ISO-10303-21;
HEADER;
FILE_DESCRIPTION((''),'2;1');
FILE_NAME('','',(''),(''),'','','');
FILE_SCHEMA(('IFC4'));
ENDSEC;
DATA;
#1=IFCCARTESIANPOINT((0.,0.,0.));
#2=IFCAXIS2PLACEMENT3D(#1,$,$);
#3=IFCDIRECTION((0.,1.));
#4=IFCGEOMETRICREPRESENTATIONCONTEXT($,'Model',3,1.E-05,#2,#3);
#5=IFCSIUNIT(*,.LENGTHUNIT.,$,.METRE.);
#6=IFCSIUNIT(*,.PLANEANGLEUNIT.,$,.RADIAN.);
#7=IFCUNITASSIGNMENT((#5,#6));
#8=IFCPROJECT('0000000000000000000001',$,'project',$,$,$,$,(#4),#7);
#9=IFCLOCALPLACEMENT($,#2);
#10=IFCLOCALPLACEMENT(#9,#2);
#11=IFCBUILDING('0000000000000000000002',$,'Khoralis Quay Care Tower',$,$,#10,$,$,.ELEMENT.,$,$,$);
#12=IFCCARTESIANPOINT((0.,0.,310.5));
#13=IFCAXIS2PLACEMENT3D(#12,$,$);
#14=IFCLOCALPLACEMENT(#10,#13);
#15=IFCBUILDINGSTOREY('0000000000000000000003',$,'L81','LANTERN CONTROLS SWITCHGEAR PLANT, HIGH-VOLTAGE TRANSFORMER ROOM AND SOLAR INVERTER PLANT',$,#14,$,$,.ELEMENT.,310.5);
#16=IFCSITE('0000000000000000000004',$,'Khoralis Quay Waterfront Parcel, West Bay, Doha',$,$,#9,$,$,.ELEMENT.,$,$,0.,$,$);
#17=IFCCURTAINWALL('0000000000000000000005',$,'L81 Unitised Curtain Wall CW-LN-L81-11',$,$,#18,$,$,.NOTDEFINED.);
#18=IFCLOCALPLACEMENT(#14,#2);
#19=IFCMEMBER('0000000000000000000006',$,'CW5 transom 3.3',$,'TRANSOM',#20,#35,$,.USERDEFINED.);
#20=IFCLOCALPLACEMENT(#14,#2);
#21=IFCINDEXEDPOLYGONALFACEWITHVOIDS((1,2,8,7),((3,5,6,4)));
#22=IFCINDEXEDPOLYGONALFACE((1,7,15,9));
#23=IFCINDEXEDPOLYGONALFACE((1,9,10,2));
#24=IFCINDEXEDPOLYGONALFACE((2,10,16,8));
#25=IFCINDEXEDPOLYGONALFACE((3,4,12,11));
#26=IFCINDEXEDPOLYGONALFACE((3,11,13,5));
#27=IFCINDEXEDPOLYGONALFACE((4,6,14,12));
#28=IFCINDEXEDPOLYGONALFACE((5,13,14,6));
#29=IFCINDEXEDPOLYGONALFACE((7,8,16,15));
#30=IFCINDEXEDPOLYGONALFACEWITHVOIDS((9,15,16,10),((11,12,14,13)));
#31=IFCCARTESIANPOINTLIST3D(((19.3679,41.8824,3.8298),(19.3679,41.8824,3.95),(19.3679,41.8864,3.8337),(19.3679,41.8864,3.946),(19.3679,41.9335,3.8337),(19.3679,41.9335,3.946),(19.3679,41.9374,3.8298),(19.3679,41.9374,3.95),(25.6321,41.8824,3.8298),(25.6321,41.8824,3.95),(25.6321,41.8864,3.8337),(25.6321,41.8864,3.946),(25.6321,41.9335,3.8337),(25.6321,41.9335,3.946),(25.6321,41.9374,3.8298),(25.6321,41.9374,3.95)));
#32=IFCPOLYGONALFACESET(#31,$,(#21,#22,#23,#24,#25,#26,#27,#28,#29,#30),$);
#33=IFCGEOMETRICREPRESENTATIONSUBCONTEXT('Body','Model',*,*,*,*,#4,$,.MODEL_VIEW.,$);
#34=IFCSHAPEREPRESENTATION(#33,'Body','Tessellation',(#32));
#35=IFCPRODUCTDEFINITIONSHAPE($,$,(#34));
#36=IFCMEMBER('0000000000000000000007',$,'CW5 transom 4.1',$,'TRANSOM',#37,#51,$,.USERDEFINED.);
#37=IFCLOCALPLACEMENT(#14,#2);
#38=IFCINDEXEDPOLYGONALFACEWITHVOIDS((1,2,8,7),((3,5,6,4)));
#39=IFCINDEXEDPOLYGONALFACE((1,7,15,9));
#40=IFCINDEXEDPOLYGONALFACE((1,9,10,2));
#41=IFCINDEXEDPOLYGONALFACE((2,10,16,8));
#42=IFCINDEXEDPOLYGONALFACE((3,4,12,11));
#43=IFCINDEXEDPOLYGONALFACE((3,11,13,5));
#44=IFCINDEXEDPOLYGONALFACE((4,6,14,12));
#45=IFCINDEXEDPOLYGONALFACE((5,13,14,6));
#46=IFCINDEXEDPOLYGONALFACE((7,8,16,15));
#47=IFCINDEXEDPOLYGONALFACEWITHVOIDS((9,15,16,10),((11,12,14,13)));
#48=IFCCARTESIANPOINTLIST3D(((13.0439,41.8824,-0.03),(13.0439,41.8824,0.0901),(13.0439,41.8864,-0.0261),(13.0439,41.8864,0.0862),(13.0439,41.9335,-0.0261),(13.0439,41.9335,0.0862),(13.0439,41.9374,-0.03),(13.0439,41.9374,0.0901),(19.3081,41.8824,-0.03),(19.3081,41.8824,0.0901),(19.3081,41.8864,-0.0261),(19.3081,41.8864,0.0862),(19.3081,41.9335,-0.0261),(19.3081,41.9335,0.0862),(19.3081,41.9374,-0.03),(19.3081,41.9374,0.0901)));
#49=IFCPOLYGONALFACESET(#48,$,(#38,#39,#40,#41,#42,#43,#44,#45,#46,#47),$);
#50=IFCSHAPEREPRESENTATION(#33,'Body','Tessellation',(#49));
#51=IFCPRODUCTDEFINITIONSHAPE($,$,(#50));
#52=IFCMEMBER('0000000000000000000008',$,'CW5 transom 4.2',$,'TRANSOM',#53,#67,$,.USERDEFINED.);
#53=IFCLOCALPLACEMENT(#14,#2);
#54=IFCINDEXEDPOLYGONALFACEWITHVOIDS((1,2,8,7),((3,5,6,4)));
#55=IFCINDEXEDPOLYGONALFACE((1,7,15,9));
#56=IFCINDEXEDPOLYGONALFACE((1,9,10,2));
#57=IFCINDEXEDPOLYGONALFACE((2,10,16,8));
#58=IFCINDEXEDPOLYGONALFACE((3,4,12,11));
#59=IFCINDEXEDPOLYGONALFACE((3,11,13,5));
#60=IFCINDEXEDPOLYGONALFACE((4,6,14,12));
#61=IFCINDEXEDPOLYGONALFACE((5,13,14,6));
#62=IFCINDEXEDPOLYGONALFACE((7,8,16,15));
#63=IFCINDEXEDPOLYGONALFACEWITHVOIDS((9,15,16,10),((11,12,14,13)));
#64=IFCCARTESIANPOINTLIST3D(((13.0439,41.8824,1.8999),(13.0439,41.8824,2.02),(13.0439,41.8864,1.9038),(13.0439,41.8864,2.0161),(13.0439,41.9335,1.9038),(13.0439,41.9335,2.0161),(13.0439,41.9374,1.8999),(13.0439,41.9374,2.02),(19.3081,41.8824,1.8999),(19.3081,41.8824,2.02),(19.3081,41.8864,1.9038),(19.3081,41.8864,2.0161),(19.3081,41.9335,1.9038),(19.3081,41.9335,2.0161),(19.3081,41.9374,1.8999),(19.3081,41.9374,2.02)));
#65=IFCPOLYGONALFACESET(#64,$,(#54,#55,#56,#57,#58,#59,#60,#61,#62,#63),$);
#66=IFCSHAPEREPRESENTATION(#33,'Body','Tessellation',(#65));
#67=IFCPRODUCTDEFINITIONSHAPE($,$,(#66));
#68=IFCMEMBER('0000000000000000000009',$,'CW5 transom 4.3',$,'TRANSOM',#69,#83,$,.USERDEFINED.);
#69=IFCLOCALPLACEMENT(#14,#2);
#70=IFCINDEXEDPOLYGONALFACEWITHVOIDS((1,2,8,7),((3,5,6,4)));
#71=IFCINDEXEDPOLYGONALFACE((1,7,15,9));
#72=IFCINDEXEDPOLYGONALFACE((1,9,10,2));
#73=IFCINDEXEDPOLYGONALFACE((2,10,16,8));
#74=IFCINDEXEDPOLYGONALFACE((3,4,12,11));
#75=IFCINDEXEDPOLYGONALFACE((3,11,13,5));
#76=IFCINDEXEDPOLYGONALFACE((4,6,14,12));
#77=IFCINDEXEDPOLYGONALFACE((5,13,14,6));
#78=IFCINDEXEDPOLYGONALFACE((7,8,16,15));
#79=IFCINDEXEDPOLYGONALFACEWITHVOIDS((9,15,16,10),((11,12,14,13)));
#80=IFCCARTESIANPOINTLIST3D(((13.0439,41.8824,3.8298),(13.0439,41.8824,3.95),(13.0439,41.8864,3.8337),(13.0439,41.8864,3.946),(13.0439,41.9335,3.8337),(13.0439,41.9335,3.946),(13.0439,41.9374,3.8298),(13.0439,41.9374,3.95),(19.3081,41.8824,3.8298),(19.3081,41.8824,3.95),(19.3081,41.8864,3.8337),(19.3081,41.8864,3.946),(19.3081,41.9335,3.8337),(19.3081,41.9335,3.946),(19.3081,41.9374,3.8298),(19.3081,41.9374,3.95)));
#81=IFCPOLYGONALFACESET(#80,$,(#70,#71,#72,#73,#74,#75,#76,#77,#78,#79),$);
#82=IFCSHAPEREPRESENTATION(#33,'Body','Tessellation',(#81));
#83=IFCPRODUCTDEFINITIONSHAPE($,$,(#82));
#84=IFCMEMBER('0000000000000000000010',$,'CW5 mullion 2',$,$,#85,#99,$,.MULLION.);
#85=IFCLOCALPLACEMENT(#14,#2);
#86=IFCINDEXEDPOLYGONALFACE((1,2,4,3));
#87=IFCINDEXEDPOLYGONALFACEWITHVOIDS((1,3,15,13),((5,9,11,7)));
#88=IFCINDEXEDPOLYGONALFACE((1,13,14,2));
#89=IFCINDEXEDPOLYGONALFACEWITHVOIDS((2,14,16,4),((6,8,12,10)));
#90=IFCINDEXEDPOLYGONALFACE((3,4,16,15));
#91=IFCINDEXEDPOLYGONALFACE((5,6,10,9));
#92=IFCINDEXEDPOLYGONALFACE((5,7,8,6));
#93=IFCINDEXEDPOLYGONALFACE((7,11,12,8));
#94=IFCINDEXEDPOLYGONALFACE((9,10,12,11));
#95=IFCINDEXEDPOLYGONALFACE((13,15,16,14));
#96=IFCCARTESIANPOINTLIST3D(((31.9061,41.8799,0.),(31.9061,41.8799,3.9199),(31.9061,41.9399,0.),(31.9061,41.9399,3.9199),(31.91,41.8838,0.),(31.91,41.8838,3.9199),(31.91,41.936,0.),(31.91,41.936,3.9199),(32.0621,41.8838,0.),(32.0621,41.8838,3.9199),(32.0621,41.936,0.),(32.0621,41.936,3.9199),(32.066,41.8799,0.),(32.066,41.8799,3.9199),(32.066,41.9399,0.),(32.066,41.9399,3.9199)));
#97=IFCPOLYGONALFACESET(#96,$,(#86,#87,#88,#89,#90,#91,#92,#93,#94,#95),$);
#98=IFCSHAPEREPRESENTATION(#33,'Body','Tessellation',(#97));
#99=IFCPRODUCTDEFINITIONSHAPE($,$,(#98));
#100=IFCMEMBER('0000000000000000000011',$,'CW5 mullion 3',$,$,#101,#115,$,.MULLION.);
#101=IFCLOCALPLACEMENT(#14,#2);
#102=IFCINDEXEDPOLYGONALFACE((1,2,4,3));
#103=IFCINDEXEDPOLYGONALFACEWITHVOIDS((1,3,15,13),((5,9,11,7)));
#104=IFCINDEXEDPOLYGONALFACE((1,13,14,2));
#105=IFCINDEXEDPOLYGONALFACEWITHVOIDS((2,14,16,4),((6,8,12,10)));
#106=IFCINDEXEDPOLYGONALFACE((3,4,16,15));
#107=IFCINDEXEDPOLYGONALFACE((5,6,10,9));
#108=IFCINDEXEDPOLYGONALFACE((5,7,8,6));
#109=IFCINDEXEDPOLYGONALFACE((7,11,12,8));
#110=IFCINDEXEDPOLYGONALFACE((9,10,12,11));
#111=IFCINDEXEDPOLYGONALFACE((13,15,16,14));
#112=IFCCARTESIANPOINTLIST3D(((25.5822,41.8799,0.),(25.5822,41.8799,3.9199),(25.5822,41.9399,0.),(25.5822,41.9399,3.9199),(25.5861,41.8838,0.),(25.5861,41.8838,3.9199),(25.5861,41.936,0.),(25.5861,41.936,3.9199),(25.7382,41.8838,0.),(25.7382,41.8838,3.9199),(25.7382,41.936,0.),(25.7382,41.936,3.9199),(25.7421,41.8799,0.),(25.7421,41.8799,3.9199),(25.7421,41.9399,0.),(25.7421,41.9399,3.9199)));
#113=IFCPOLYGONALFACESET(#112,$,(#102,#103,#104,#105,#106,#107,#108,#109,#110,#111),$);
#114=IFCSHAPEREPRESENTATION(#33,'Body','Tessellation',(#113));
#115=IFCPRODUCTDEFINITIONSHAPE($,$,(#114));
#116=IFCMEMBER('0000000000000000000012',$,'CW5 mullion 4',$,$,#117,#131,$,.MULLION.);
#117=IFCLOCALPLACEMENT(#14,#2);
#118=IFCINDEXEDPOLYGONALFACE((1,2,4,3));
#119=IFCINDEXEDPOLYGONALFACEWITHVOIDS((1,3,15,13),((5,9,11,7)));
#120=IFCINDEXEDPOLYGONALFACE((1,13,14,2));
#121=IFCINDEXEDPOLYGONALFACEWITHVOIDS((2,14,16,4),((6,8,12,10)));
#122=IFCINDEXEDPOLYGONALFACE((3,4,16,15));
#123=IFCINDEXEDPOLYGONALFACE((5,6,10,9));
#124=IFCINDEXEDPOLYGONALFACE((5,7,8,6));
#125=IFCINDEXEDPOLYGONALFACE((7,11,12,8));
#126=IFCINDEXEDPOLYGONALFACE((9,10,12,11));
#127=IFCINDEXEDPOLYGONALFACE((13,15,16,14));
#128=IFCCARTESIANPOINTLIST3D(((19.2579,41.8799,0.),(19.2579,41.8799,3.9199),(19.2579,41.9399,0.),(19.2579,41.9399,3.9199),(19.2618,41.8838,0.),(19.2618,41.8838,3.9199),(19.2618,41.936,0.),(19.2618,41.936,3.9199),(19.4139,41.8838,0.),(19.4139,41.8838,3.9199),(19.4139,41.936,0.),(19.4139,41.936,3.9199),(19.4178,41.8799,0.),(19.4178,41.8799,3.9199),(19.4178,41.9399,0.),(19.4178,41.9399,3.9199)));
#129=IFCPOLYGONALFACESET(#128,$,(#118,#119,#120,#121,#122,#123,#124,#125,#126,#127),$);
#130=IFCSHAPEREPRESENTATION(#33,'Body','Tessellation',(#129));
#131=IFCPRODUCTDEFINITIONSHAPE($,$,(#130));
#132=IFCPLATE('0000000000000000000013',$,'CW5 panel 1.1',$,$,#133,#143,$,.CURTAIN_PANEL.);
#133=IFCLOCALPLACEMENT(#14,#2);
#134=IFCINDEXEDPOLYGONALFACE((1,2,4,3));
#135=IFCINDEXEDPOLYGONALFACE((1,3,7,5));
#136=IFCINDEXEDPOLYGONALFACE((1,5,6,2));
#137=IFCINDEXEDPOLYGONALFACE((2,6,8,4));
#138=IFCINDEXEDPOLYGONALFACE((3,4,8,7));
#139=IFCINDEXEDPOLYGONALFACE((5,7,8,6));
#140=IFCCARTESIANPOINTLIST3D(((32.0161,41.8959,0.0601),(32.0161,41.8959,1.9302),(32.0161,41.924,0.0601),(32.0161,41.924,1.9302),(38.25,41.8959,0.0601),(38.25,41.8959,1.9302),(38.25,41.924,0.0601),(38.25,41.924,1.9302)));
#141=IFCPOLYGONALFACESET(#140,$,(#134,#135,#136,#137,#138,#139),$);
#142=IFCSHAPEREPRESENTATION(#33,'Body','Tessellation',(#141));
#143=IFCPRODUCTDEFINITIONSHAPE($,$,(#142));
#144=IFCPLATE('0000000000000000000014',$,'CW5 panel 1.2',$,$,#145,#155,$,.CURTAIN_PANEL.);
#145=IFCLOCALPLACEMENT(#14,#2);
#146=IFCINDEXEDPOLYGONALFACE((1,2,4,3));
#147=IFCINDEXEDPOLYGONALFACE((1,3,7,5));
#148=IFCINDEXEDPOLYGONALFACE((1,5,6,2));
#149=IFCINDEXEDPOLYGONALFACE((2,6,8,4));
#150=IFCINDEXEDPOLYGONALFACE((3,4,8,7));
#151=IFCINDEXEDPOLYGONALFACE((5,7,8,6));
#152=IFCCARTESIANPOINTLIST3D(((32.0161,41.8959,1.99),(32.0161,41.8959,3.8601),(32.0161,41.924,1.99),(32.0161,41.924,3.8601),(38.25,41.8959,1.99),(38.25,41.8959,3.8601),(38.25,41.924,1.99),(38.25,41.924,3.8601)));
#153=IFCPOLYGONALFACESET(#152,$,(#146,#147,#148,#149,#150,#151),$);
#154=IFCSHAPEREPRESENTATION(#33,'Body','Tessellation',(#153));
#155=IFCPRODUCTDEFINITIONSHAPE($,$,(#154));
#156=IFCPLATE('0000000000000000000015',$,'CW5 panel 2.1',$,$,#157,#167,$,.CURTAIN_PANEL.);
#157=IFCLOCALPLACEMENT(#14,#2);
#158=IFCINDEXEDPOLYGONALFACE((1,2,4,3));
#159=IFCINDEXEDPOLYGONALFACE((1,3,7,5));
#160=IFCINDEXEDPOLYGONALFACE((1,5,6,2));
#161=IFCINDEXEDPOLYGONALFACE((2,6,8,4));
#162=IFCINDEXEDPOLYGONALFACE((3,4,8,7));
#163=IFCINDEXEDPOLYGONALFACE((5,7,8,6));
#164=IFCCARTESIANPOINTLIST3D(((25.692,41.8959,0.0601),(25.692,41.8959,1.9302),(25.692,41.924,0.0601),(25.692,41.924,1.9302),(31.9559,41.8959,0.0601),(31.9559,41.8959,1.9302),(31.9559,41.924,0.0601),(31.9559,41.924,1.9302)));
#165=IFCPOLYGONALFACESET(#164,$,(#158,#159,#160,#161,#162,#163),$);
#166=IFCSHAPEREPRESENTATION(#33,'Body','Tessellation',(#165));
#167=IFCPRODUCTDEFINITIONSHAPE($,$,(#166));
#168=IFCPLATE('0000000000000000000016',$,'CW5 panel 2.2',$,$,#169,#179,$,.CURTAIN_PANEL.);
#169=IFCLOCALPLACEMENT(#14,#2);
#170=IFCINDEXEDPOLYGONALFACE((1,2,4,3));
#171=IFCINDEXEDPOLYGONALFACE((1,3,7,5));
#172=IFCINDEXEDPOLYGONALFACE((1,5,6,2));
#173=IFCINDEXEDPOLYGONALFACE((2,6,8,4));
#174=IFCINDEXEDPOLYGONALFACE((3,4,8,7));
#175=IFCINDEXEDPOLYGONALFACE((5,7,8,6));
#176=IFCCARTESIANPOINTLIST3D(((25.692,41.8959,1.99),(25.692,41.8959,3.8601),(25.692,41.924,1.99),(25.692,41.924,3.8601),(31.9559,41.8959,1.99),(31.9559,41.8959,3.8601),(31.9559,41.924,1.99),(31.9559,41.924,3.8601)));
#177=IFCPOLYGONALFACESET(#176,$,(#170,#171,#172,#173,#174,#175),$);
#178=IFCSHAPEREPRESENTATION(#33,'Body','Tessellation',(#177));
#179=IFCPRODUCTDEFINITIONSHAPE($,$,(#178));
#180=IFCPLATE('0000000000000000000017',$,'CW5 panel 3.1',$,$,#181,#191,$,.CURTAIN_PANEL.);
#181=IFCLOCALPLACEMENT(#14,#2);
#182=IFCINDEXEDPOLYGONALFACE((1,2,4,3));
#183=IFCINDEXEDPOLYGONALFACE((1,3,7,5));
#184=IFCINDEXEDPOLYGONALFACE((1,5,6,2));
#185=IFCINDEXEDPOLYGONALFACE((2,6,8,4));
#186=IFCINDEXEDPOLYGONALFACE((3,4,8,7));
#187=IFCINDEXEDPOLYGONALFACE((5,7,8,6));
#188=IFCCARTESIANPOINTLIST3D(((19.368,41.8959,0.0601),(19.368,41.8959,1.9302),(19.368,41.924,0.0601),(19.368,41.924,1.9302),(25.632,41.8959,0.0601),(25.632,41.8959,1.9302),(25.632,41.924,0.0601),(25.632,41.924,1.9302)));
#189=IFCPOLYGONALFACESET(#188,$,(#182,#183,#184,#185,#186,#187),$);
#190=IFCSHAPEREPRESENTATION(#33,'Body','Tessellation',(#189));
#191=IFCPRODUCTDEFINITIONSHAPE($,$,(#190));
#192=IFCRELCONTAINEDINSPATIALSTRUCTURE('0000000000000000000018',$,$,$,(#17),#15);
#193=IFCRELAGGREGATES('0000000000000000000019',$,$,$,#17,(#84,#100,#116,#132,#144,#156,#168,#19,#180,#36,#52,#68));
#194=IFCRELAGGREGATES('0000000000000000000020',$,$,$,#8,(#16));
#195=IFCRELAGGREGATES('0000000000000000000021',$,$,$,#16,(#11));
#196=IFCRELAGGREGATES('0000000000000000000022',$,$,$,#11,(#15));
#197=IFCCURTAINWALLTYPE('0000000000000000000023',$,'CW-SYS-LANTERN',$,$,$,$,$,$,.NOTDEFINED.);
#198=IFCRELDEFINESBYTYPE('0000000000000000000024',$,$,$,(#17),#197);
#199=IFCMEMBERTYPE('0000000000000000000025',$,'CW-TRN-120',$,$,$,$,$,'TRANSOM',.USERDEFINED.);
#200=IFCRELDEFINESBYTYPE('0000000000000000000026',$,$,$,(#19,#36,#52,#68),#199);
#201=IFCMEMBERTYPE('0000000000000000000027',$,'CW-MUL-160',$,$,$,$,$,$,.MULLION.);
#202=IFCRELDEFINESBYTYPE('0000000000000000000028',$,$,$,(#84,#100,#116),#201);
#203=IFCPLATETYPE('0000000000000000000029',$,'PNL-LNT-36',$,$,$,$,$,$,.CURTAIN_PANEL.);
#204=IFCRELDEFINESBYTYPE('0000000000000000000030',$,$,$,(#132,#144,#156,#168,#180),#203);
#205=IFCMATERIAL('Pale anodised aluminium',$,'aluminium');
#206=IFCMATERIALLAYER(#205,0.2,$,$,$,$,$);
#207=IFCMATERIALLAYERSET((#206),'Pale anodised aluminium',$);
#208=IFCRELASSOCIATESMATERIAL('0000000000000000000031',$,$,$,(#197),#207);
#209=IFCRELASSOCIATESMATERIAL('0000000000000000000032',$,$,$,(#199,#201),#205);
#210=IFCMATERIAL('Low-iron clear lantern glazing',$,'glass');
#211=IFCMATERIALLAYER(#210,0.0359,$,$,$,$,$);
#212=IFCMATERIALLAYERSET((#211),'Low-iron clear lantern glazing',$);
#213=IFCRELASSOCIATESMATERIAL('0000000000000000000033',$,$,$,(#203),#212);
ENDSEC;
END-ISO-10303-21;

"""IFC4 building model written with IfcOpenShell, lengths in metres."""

from ifc_helpers import new_model, si_unit, direction, frame, origin, origin_2d, place, context, subcontext, project, spatial, rectangle, hollow_rectangle, extrude, source, transform, mapped, material, layer, layer_set, material_profile, profile_set, type_object, element, aggregate, save


model = new_model("IFC4")

# Units and contexts
model_context = context("Model", 3, precision=1e-05, world=origin(), true_north=direction((0.0, 1.0)))
body_context = subcontext(model_context, "Body", "Model", "MODEL_VIEW")
ifc_project = project(units=[si_unit("LENGTHUNIT", "METRE"), si_unit("PLANEANGLEUNIT", "RADIAN")], contexts=[model_context])

# Site, building, storey
site_placement = place(None, origin())
site = spatial("IfcSite", under=ifc_project, at=site_placement, Name="Khoralis Quay Waterfront Parcel, West Bay, Doha", CompositionType="ELEMENT", RefElevation=0.0)
building_placement = place(site_placement, origin())
building = spatial("IfcBuilding", under=site, at=building_placement, Name="Khoralis Quay Care Tower", CompositionType="ELEMENT")
storey_placement = place(building_placement, frame((0.0, 0.0, 310.5)))
storey = spatial("IfcBuildingStorey", under=building, at=storey_placement, Name="L81", Description="LANTERN CONTROLS SWITCHGEAR PLANT, HIGH-VOLTAGE TRANSFORMER ROOM AND SOLAR INVERTER PLANT", CompositionType="ELEMENT", Elevation=310.5)

# Curtain wall, members, plates
ifc_material_1 = material(Name="Pale anodised aluminium", Category="aluminium")
ifc_layer_1 = layer(ifc_material_1, 0.2)
ifc_layer_set_1 = layer_set([ifc_layer_1], Name="Pale anodised aluminium")
curtain_wall_type = type_object("IfcCurtainWallType", Name="CW-SYS-LANTERN", PredefinedType="NOTDEFINED", material=ifc_layer_set_1)
curtain_wall_placement = place(storey_placement, origin())
curtain_wall = element("IfcCurtainWall", 1, at=curtain_wall_placement, inside=storey, type_object=curtain_wall_type, Name="L81 Unitised Curtain Wall CW-LN-L81-11", PredefinedType="NOTDEFINED")
ifc_material_profile_1 = material_profile(ifc_material_1, hollow_rectangle(XDim=0.0549, YDim=0.1201, WallThickness=0.0039, at=origin_2d()), Name="Pale anodised aluminium")
ifc_profile_set_1 = profile_set([ifc_material_profile_1], Name="Pale anodised aluminium")
member_type_1 = type_object("IfcMemberType", Name="CW-TRN-120", ElementType="TRANSOM", PredefinedType="USERDEFINED", material=ifc_profile_set_1)
shared_shape_1 = source(origin(), body_context, "Body", "SweptSolid", [
    extrude(hollow_rectangle(XDim=0.0549, YDim=0.1201, WallThickness=0.0039, at=origin_2d()), origin(), (0.0, 0.0, 1.0), 6.2642),
])
member_1_placement = place(storey_placement, frame((25.6321, 41.9099, 3.8899), z_axis=(-1.0, 0.0, 0.0), x_axis=(0.0, -1.0, 0.0)))
member_1 = element("IfcMember", 2, at=member_1_placement, type_object=member_type_1, Name="CW5 transom 3.3", ObjectType="TRANSOM", PredefinedType="USERDEFINED", context=body_context, shape_type="MappedRepresentation", body=[
    mapped(shared_shape_1, transform((0.0, 0.0, 0.0), scale=1.0)),
])
member_2_placement = place(storey_placement, frame((19.3081, 41.9099, 0.03), z_axis=(-1.0, 0.0, 0.0), x_axis=(0.0, -1.0, 0.0)))
member_2 = element("IfcMember", 3, at=member_2_placement, type_object=member_type_1, Name="CW5 transom 4.1", ObjectType="TRANSOM", PredefinedType="USERDEFINED", context=body_context, shape_type="MappedRepresentation", body=[
    mapped(shared_shape_1, transform((0.0, 0.0, 0.0), scale=1.0)),
])
member_3_placement = place(storey_placement, frame((19.3081, 41.9099, 1.96), z_axis=(-1.0, 0.0, 0.0), x_axis=(0.0, -1.0, 0.0)))
member_3 = element("IfcMember", 4, at=member_3_placement, type_object=member_type_1, Name="CW5 transom 4.2", ObjectType="TRANSOM", PredefinedType="USERDEFINED", context=body_context, shape_type="MappedRepresentation", body=[
    mapped(shared_shape_1, transform((0.0, 0.0, 0.0), scale=1.0)),
])
member_4_placement = place(storey_placement, frame((19.3081, 41.9099, 3.8899), z_axis=(-1.0, 0.0, 0.0), x_axis=(0.0, -1.0, 0.0)))
member_4 = element("IfcMember", 5, at=member_4_placement, type_object=member_type_1, Name="CW5 transom 4.3", ObjectType="TRANSOM", PredefinedType="USERDEFINED", context=body_context, shape_type="MappedRepresentation", body=[
    mapped(shared_shape_1, transform((0.0, 0.0, 0.0), scale=1.0)),
])
ifc_material_profile_2 = material_profile(ifc_material_1, hollow_rectangle(XDim=0.0601, YDim=0.1599, WallThickness=0.0039, at=origin_2d()), Name="Pale anodised aluminium")
ifc_profile_set_2 = profile_set([ifc_material_profile_2], Name="Pale anodised aluminium")
member_type_2 = type_object("IfcMemberType", Name="CW-MUL-160", PredefinedType="MULLION", material=ifc_profile_set_2)
shared_shape_2 = source(origin(), body_context, "Body", "SweptSolid", [
    extrude(hollow_rectangle(XDim=0.0601, YDim=0.1599, WallThickness=0.0039, at=origin_2d()), origin(), (0.0, 0.0, 1.0), 3.9199),
])
member_5_placement = place(storey_placement, frame((31.9861, 41.9099, 0.0), z_axis=(0.0, 0.0, 1.0), x_axis=(0.0, -1.0, 0.0)))
member_5 = element("IfcMember", 6, at=member_5_placement, type_object=member_type_2, Name="CW5 mullion 2", PredefinedType="MULLION", context=body_context, shape_type="MappedRepresentation", body=[
    mapped(shared_shape_2, transform((0.0, 0.0, 0.0), scale=1.0)),
])
member_6_placement = place(storey_placement, frame((25.6621, 41.9099, 0.0), z_axis=(0.0, 0.0, 1.0), x_axis=(0.0, -1.0, 0.0)))
member_6 = element("IfcMember", 7, at=member_6_placement, type_object=member_type_2, Name="CW5 mullion 3", PredefinedType="MULLION", context=body_context, shape_type="MappedRepresentation", body=[
    mapped(shared_shape_2, transform((0.0, 0.0, 0.0), scale=1.0)),
])
member_7_placement = place(storey_placement, frame((19.3379, 41.9099, 0.0), z_axis=(0.0, 0.0, 1.0), x_axis=(0.0, -1.0, 0.0)))
member_7 = element("IfcMember", 8, at=member_7_placement, type_object=member_type_2, Name="CW5 mullion 4", PredefinedType="MULLION", context=body_context, shape_type="MappedRepresentation", body=[
    mapped(shared_shape_2, transform((0.0, 0.0, 0.0), scale=1.0)),
])
ifc_material_2 = material(Name="Low-iron clear lantern glazing", Category="glass")
ifc_layer_2 = layer(ifc_material_2, 0.0359)
ifc_layer_set_2 = layer_set([ifc_layer_2], Name="Low-iron clear lantern glazing")
plate_type = type_object("IfcPlateType", Name="PNL-LNT-36", PredefinedType="CURTAIN_PANEL", material=ifc_layer_set_2)
shared_shape_3 = source(origin(), body_context, "Body", "SweptSolid", [
    extrude(rectangle(XDim=6.2339, YDim=0.0281, at=origin_2d()), origin(), (0.0, 0.0, 1.0), 1.8701),
])
plate_1_placement = place(storey_placement, frame((35.1331, 41.9099, 0.0601), z_axis=(0.0, 0.0, 1.0), x_axis=(-1.0, 0.0, 0.0)))
plate_1 = element("IfcPlate", 9, at=plate_1_placement, type_object=plate_type, Name="CW5 panel 1.1", PredefinedType="CURTAIN_PANEL", context=body_context, shape_type="MappedRepresentation", body=[
    mapped(shared_shape_3, transform((0.0, 0.0, 0.0), scale=1.0)),
])
plate_2_placement = place(storey_placement, frame((35.1331, 41.9099, 1.99), z_axis=(0.0, 0.0, 1.0), x_axis=(-1.0, 0.0, 0.0)))
plate_2 = element("IfcPlate", 10, at=plate_2_placement, type_object=plate_type, Name="CW5 panel 1.2", PredefinedType="CURTAIN_PANEL", context=body_context, shape_type="MappedRepresentation", body=[
    mapped(shared_shape_3, transform((0.0, 0.0, 0.0), scale=1.0)),
])
shared_shape_4 = source(origin(), body_context, "Body", "SweptSolid", [
    extrude(rectangle(XDim=6.2639, YDim=0.0281, at=origin_2d()), origin(), (0.0, 0.0, 1.0), 1.8701),
])
plate_3_placement = place(storey_placement, frame((28.824, 41.9099, 0.0601), z_axis=(0.0, 0.0, 1.0), x_axis=(-1.0, 0.0, 0.0)))
plate_3 = element("IfcPlate", 11, at=plate_3_placement, type_object=plate_type, Name="CW5 panel 2.1", PredefinedType="CURTAIN_PANEL", context=body_context, shape_type="MappedRepresentation", body=[
    mapped(shared_shape_4, transform((0.0, 0.0, 0.0), scale=1.0)),
])
plate_4_placement = place(storey_placement, frame((28.824, 41.9099, 1.99), z_axis=(0.0, 0.0, 1.0), x_axis=(-1.0, 0.0, 0.0)))
plate_4 = element("IfcPlate", 12, at=plate_4_placement, type_object=plate_type, Name="CW5 panel 2.2", PredefinedType="CURTAIN_PANEL", context=body_context, shape_type="MappedRepresentation", body=[
    mapped(shared_shape_4, transform((0.0, 0.0, 0.0), scale=1.0)),
])
plate_5_placement = place(storey_placement, frame((22.5, 41.9099, 0.0601), z_axis=(0.0, 0.0, 1.0), x_axis=(-1.0, 0.0, 0.0)))
plate_5 = element("IfcPlate", 13, at=plate_5_placement, type_object=plate_type, Name="CW5 panel 3.1", PredefinedType="CURTAIN_PANEL", context=body_context, shape_type="MappedRepresentation", body=[
    mapped(shared_shape_4, transform((0.0, 0.0, 0.0), scale=1.0)),
])
aggregate(curtain_wall, [member_5, member_6, member_7, plate_1, plate_2, plate_3, plate_4, member_1, plate_5, member_2, member_3, member_4])

save(model, "model.ifc")
